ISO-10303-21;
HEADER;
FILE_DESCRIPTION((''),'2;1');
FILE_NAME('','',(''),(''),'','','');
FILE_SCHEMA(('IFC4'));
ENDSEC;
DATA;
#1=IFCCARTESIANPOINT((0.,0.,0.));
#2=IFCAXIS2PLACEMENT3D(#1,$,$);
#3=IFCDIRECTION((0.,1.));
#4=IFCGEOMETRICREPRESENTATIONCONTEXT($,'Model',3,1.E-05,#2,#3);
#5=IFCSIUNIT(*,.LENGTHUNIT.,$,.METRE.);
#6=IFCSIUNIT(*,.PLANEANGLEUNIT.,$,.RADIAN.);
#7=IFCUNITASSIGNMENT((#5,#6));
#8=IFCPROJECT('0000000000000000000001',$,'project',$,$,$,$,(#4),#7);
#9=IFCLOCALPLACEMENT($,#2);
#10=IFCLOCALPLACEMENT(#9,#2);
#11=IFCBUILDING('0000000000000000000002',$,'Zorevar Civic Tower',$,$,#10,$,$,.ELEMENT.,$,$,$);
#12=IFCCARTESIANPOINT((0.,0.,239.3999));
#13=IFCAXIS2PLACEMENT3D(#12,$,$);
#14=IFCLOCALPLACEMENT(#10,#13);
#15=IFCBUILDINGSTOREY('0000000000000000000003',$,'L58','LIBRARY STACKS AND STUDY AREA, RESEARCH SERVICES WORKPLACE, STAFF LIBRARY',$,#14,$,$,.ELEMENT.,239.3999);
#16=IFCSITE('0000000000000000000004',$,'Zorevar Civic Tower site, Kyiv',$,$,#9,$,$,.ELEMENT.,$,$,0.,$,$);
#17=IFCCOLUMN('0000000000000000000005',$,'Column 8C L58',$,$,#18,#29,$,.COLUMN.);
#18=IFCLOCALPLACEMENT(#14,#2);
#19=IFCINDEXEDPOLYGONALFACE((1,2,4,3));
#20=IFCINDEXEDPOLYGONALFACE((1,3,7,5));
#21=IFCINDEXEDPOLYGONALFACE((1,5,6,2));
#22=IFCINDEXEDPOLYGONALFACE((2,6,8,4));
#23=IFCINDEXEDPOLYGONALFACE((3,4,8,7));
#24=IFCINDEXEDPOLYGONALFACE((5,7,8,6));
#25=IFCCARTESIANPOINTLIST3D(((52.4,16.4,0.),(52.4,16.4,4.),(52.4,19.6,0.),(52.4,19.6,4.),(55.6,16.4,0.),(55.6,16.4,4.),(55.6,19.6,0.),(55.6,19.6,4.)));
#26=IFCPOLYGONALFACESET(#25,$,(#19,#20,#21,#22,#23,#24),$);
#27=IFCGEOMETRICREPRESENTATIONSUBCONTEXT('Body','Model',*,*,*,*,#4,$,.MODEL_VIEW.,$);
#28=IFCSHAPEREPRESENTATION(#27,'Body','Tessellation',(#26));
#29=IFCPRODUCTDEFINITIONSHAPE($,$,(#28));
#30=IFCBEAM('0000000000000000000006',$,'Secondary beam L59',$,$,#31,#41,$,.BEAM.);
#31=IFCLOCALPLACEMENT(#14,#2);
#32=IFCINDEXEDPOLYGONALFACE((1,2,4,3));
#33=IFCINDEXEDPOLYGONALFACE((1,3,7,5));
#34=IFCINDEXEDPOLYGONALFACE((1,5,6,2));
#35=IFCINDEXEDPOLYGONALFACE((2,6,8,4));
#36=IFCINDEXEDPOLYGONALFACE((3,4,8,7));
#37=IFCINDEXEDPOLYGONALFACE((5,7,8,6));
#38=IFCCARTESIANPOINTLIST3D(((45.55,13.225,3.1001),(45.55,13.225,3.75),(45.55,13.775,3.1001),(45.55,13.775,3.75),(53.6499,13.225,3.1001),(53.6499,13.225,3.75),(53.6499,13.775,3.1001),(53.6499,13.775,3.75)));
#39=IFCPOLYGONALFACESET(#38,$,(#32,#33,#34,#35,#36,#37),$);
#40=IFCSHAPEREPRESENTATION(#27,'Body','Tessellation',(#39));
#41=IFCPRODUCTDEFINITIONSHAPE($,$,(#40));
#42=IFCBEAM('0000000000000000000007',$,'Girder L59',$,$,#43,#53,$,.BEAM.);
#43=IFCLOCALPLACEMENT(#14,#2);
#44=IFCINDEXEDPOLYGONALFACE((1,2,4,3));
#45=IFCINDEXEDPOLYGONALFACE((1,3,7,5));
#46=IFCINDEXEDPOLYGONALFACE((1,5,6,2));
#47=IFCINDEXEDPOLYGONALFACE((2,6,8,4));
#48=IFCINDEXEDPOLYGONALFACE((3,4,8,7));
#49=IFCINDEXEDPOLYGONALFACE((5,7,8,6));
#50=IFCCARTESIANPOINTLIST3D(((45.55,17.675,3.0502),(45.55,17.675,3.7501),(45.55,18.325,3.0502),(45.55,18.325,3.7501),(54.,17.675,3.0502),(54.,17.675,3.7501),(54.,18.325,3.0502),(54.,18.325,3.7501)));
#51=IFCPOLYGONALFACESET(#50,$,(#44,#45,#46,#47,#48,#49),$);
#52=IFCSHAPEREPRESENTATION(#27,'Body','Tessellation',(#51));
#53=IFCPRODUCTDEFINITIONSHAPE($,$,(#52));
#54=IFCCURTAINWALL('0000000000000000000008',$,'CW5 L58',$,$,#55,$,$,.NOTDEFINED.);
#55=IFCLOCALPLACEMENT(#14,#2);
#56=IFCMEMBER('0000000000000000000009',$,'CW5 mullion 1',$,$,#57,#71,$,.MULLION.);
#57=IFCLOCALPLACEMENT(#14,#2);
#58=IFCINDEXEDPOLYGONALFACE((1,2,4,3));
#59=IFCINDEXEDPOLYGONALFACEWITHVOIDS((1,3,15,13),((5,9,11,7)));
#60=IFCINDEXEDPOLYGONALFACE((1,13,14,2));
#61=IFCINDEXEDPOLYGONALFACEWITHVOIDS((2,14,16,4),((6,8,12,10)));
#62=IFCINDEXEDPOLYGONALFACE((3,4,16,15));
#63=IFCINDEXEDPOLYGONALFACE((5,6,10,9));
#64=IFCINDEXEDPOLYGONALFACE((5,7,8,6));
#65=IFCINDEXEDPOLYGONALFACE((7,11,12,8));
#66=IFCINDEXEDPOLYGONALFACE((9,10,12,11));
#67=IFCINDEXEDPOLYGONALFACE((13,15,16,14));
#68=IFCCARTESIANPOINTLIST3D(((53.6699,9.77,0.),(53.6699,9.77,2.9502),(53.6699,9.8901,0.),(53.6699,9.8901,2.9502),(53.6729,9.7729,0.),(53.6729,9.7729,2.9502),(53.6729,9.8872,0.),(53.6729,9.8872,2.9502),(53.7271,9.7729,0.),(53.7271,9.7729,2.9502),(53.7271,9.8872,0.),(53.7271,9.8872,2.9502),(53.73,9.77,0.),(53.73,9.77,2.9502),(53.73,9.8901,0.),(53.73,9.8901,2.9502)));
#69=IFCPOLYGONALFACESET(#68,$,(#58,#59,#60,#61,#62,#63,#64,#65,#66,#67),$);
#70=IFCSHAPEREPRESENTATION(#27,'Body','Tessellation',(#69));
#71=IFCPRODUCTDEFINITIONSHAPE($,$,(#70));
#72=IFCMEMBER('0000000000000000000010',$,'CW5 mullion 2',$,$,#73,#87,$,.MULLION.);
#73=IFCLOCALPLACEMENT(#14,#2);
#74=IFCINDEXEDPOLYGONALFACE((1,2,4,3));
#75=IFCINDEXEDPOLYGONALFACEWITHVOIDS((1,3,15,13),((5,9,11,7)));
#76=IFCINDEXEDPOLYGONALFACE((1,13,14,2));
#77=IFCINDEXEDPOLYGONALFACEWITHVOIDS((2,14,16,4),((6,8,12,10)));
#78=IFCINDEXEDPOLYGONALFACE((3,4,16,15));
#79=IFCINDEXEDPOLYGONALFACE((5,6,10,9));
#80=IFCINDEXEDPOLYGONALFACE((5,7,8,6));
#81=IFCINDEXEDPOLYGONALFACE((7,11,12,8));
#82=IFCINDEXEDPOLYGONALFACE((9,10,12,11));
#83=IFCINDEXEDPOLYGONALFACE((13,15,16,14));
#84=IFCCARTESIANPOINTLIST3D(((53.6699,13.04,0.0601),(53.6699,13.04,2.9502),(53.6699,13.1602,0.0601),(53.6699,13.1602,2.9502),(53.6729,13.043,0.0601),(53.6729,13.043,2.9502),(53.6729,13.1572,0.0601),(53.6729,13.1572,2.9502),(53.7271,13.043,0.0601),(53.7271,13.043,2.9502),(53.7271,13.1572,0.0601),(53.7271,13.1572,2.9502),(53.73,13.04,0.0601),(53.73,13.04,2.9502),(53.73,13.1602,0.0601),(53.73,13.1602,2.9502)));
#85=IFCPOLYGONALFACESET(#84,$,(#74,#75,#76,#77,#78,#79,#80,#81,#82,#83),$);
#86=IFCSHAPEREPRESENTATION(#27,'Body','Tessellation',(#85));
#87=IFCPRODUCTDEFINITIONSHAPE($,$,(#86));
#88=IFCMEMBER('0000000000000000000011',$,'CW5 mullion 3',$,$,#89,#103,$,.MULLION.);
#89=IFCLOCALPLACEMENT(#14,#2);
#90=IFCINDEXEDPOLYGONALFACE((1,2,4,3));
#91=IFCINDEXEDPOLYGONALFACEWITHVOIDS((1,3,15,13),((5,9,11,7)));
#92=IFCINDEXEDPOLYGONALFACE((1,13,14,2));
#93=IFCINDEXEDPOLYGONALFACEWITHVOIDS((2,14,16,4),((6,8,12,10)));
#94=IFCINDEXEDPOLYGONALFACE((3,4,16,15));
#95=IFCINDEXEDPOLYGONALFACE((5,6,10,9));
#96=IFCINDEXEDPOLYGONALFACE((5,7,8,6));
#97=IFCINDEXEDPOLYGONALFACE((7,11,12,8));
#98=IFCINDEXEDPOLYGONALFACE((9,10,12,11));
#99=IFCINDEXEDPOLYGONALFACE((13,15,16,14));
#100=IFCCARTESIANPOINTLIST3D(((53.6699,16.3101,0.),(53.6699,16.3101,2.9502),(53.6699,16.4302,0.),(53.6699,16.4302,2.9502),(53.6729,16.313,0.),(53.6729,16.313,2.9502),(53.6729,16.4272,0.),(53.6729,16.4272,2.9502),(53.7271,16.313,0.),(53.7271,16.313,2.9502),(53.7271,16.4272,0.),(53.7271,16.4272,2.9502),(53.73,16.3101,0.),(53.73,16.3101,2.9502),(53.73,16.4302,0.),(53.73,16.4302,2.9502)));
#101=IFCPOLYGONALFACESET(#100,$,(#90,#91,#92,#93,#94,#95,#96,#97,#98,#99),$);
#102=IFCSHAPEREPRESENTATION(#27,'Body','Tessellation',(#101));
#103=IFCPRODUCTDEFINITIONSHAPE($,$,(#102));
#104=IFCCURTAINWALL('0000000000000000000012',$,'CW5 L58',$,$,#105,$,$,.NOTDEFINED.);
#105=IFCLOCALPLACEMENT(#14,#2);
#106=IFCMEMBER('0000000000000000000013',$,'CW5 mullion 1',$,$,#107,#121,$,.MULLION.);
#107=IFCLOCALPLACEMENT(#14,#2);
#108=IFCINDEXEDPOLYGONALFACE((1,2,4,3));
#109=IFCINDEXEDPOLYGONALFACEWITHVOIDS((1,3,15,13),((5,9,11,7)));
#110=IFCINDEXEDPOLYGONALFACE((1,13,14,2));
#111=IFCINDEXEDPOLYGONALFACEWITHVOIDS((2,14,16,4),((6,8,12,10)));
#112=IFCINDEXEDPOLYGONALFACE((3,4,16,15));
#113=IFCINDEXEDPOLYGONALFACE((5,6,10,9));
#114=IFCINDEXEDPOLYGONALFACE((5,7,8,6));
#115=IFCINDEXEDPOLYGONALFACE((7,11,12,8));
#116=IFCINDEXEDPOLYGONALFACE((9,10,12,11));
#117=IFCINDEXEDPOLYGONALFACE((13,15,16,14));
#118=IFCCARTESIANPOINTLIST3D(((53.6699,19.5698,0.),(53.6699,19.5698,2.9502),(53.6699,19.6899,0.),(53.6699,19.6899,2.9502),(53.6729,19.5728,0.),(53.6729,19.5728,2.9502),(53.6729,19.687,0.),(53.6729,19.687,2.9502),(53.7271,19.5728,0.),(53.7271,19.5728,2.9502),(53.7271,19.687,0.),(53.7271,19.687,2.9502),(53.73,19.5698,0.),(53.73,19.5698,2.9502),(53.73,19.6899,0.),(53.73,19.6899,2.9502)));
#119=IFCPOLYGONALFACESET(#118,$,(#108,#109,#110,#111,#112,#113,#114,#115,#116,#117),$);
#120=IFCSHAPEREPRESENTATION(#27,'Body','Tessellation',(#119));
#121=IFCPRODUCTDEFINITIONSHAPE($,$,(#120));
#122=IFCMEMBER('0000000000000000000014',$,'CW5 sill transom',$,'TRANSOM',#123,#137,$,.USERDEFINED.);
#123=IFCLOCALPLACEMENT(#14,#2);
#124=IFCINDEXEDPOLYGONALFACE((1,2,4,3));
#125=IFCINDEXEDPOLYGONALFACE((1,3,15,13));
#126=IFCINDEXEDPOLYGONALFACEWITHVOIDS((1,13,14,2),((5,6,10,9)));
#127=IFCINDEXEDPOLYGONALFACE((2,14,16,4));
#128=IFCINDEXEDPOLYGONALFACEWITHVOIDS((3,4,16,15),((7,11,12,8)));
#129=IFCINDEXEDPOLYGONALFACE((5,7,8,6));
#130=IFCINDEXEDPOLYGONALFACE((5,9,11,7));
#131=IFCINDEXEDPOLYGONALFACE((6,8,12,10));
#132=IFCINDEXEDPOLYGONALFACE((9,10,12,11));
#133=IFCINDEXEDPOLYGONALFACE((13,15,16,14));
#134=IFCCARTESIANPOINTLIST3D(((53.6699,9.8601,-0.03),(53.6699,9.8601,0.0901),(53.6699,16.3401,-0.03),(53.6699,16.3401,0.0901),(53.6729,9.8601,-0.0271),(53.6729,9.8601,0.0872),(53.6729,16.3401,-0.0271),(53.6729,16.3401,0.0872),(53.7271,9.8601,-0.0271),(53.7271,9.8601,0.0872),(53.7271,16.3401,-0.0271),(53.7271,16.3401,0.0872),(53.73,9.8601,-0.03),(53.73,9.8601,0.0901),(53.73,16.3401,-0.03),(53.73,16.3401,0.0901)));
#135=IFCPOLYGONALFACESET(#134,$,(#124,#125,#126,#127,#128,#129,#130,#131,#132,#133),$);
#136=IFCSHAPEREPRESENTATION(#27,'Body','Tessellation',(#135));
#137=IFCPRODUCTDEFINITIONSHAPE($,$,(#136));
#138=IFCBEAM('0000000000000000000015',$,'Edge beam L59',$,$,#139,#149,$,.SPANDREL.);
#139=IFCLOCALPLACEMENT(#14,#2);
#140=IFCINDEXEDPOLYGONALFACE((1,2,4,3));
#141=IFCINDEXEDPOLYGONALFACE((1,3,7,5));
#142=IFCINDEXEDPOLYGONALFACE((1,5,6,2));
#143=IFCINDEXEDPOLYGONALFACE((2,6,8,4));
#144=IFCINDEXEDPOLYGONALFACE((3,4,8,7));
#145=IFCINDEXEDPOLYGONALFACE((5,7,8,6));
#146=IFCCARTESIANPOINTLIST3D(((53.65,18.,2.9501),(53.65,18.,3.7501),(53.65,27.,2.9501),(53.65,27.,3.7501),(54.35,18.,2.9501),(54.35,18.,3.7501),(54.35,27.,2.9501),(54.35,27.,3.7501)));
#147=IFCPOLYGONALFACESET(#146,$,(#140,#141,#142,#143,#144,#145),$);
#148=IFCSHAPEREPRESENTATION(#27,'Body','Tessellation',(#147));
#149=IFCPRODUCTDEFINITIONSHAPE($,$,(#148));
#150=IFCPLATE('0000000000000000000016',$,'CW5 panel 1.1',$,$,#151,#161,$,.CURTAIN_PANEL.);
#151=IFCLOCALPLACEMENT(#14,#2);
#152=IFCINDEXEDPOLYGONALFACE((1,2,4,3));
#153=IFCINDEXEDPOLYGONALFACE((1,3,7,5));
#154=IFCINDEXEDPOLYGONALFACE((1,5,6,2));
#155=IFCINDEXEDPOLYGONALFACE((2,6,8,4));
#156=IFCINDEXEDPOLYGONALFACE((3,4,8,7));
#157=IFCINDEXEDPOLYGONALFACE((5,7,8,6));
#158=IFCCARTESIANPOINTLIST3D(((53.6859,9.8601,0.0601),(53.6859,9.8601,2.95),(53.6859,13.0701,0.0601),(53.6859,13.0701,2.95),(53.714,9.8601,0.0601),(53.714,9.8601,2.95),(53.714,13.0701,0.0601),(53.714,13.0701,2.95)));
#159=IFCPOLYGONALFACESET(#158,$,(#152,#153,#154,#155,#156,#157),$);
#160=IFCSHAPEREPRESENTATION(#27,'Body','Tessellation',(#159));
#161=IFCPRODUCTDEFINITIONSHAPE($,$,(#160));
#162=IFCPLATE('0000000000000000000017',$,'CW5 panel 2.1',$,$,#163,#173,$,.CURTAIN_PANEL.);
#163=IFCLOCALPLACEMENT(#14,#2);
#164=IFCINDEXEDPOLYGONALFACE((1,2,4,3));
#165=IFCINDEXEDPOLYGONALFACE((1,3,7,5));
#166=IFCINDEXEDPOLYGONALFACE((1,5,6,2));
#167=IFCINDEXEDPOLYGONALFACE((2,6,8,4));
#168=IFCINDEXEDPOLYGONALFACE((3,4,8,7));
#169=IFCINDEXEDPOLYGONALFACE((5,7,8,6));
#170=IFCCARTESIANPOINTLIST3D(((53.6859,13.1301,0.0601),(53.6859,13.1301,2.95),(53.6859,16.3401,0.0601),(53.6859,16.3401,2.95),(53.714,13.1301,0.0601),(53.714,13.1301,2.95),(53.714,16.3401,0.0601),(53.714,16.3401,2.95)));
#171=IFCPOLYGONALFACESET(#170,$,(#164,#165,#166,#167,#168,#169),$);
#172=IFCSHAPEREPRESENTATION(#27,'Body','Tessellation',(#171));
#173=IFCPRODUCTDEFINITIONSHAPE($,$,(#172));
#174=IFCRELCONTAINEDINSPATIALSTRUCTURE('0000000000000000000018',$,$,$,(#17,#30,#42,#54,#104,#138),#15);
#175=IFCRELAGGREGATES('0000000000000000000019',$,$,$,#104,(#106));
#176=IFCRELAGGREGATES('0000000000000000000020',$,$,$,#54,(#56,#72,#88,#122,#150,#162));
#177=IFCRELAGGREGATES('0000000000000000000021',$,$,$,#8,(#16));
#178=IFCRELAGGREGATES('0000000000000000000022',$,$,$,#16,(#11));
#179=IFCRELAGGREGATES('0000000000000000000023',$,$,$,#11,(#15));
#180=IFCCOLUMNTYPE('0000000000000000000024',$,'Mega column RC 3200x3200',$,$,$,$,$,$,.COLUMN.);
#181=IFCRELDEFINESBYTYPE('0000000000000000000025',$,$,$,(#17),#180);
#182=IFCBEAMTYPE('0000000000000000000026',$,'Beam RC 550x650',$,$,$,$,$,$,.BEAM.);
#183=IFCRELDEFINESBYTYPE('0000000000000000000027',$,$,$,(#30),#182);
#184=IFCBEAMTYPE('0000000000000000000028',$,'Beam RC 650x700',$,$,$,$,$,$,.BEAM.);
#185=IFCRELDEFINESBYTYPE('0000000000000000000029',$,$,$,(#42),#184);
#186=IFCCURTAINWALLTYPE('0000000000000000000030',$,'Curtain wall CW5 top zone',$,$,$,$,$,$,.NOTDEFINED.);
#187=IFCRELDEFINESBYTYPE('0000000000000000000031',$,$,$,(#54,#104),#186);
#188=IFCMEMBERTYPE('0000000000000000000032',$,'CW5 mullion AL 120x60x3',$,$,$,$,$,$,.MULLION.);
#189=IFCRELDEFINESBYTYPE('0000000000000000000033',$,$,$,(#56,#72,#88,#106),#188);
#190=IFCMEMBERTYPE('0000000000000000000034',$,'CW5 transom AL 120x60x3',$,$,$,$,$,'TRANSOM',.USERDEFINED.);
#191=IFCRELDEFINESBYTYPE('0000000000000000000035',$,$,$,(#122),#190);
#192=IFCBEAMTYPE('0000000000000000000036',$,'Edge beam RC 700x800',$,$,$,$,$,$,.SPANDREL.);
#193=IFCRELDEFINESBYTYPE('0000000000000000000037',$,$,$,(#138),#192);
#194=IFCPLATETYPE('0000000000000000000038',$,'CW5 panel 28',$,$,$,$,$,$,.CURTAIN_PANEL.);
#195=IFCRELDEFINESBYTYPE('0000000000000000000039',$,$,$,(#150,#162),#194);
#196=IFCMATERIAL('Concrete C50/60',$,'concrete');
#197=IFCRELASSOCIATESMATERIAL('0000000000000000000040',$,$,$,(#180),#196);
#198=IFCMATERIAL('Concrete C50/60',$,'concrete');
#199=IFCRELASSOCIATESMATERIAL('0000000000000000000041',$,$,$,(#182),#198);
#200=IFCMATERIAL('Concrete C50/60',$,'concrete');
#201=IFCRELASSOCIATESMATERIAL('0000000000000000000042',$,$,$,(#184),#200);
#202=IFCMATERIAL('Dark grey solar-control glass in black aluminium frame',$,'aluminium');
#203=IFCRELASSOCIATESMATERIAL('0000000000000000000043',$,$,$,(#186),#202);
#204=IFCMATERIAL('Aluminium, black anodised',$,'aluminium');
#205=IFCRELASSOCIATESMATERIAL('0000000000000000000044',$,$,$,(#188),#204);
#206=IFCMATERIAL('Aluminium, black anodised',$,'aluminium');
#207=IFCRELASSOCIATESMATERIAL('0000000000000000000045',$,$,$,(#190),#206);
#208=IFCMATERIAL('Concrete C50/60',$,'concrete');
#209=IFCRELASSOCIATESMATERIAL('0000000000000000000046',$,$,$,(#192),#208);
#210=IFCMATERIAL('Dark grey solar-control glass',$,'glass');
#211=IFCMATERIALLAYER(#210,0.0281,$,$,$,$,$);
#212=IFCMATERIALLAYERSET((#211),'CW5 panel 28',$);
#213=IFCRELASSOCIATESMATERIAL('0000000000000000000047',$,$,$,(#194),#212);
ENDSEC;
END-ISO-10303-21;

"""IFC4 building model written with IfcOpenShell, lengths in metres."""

from ifc_helpers import new_model, si_unit, direction, frame, origin, origin_2d, place, context, subcontext, project, spatial, rectangle, hollow_rectangle, extrude, material, layer, layer_set, material_profile, profile_set, type_object, element, aggregate, save


model = new_model("IFC4")

# Units and contexts
model_context = context("Model", 3, precision=1e-05, world=origin(), true_north=direction((0.0, 1.0)))
body_context = subcontext(model_context, "Body", "Model", "MODEL_VIEW")
ifc_project = project(units=[si_unit("LENGTHUNIT", "METRE"), si_unit("PLANEANGLEUNIT", "RADIAN")], contexts=[model_context])

# Site, building, storey
site_placement = place(None, origin())
site = spatial("IfcSite", under=ifc_project, at=site_placement, Name="Zorevar Civic Tower site, Kyiv", CompositionType="ELEMENT", RefElevation=0.0)
building_placement = place(site_placement, origin())
building = spatial("IfcBuilding", under=site, at=building_placement, Name="Zorevar Civic Tower", CompositionType="ELEMENT")
storey_placement = place(building_placement, frame((0.0, 0.0, 239.3999)))
storey = spatial("IfcBuildingStorey", under=building, at=storey_placement, Name="L58", Description="LIBRARY STACKS AND STUDY AREA, RESEARCH SERVICES WORKPLACE, STAFF LIBRARY", CompositionType="ELEMENT", Elevation=239.3999)

# Column
ifc_material_1 = material(Name="Concrete C50/60", Category="concrete")
ifc_material_profile_1 = material_profile(ifc_material_1, rectangle(XDim=3.2, YDim=3.2, at=origin_2d()), Name="RC 3200x3200")
ifc_profile_set_1 = profile_set([ifc_material_profile_1], Name="Concrete C50/60")
column_type = type_object("IfcColumnType", Name="Mega column RC 3200x3200", PredefinedType="COLUMN", material=ifc_profile_set_1)
column_placement = place(storey_placement, frame((54.0, 18.0, 0.0), z_axis=(0.0, 0.0, 1.0), x_axis=(1.0, 0.0, 0.0)))
element("IfcColumn", 1, at=column_placement, inside=storey, type_object=column_type, Name="Column 8C L58", PredefinedType="COLUMN", context=body_context, shape_type="SweptSolid", body=[
    extrude(rectangle(XDim=3.2, YDim=3.2, at=origin_2d()), origin(), (0.0, 0.0, 1.0), 4.0),
])

# Beams
ifc_material_2 = material(Name="Concrete C50/60", Category="concrete")
ifc_material_profile_2 = material_profile(ifc_material_2, rectangle(XDim=0.55, YDim=0.6499, at=origin_2d()), Name="RC 550x650")
ifc_profile_set_2 = profile_set([ifc_material_profile_2], Name="Concrete C50/60")
beam_type_1 = type_object("IfcBeamType", Name="Beam RC 550x650", PredefinedType="BEAM", material=ifc_profile_set_2)
beam_1_placement = place(storey_placement, frame((45.55, 13.5, 3.425), z_axis=(1.0, 0.0, 0.0), x_axis=(0.0, 1.0, 0.0)))
element("IfcBeam", 2, at=beam_1_placement, inside=storey, type_object=beam_type_1, Name="Secondary beam L59", PredefinedType="BEAM", context=body_context, shape_type="SweptSolid", body=[
    extrude(rectangle(XDim=0.55, YDim=0.6499, at=origin_2d()), origin(), (0.0, 0.0, 1.0), 8.0999),
])
ifc_material_3 = material(Name="Concrete C50/60", Category="concrete")
ifc_material_profile_3 = material_profile(ifc_material_3, rectangle(XDim=0.6499, YDim=0.7, at=origin_2d()), Name="RC 650x700")
ifc_profile_set_3 = profile_set([ifc_material_profile_3], Name="Concrete C50/60")
beam_type_2 = type_object("IfcBeamType", Name="Beam RC 650x700", PredefinedType="BEAM", material=ifc_profile_set_3)
beam_2_placement = place(storey_placement, frame((45.55, 18.0, 3.4001), z_axis=(1.0, 0.0, 0.0), x_axis=(0.0, 1.0, 0.0)))
element("IfcBeam", 3, at=beam_2_placement, inside=storey, type_object=beam_type_2, Name="Girder L59", PredefinedType="BEAM", context=body_context, shape_type="SweptSolid", body=[
    extrude(rectangle(XDim=0.6499, YDim=0.7, at=origin_2d()), origin(), (0.0, 0.0, 1.0), 8.45),
])

# Curtain wall, members
ifc_material_4 = material(Name="Dark grey solar-control glass in black aluminium frame", Category="aluminium")
curtain_wall_type = type_object("IfcCurtainWallType", Name="Curtain wall CW5 top zone", PredefinedType="NOTDEFINED", material=ifc_material_4)
curtain_wall_1_placement = place(storey_placement, origin())
curtain_wall_1 = element("IfcCurtainWall", 4, at=curtain_wall_1_placement, inside=storey, type_object=curtain_wall_type, Name="CW5 L58", PredefinedType="NOTDEFINED")
ifc_material_5 = material(Name="Aluminium, black anodised", Category="aluminium")
ifc_material_profile_4 = material_profile(ifc_material_5, hollow_rectangle(XDim=0.0601, YDim=0.1201, WallThickness=0.0029, at=origin_2d()), Name="AL 120x60x3")
ifc_profile_set_4 = profile_set([ifc_material_profile_4], Name="Aluminium, black anodised")
member_type_1 = type_object("IfcMemberType", Name="CW5 mullion AL 120x60x3", PredefinedType="MULLION", material=ifc_profile_set_4)
member_1_placement = place(storey_placement, frame((53.7, 9.8301, 0.0), z_axis=(0.0, 0.0, 1.0), x_axis=(-1.0, 0.0, 0.0)))
member_1 = element("IfcMember", 5, at=member_1_placement, type_object=member_type_1, Name="CW5 mullion 1", PredefinedType="MULLION", context=body_context, shape_type="SweptSolid", body=[
    extrude(hollow_rectangle(XDim=0.0601, YDim=0.1201, WallThickness=0.0029, at=origin_2d()), origin(), (0.0, 0.0, 1.0), 2.9502),
])
member_2_placement = place(storey_placement, frame((53.7, 13.1001, 0.0601), z_axis=(0.0, 0.0, 1.0), x_axis=(-1.0, 0.0, 0.0)))
member_2 = element("IfcMember", 6, at=member_2_placement, type_object=member_type_1, Name="CW5 mullion 2", PredefinedType="MULLION", context=body_context, shape_type="SweptSolid", body=[
    extrude(hollow_rectangle(XDim=0.0601, YDim=0.1201, WallThickness=0.0029, at=origin_2d()), origin(), (0.0, 0.0, 1.0), 2.8901),
])
member_3_placement = place(storey_placement, frame((53.7, 16.3701, 0.0), z_axis=(0.0, 0.0, 1.0), x_axis=(-1.0, 0.0, 0.0)))
member_3 = element("IfcMember", 7, at=member_3_placement, type_object=member_type_1, Name="CW5 mullion 3", PredefinedType="MULLION", context=body_context, shape_type="SweptSolid", body=[
    extrude(hollow_rectangle(XDim=0.0601, YDim=0.1201, WallThickness=0.0029, at=origin_2d()), origin(), (0.0, 0.0, 1.0), 2.9502),
])

# Curtain wall, member
curtain_wall_2_placement = place(storey_placement, origin())
curtain_wall_2 = element("IfcCurtainWall", 8, at=curtain_wall_2_placement, inside=storey, type_object=curtain_wall_type, Name="CW5 L58", PredefinedType="NOTDEFINED")
member_4_placement = place(storey_placement, frame((53.7, 19.6299, 0.0), z_axis=(0.0, 0.0, 1.0), x_axis=(-1.0, 0.0, 0.0)))
member_4 = element("IfcMember", 9, at=member_4_placement, type_object=member_type_1, Name="CW5 mullion 1", PredefinedType="MULLION", context=body_context, shape_type="SweptSolid", body=[
    extrude(hollow_rectangle(XDim=0.0601, YDim=0.1201, WallThickness=0.0029, at=origin_2d()), origin(), (0.0, 0.0, 1.0), 2.9502),
])
aggregate(curtain_wall_2, [member_4])

# Member
ifc_material_6 = material(Name="Aluminium, black anodised", Category="aluminium")
ifc_material_profile_5 = material_profile(ifc_material_6, hollow_rectangle(XDim=0.0601, YDim=0.1201, WallThickness=0.0029, at=origin_2d()), Name="AL 120x60x3")
ifc_profile_set_5 = profile_set([ifc_material_profile_5], Name="Aluminium, black anodised")
member_type_2 = type_object("IfcMemberType", Name="CW5 transom AL 120x60x3", ElementType="TRANSOM", PredefinedType="USERDEFINED", material=ifc_profile_set_5)
member_5_placement = place(storey_placement, frame((53.7, 9.8601, 0.03), z_axis=(0.0, 1.0, 0.0), x_axis=(-1.0, 0.0, 0.0)))
member_5 = element("IfcMember", 10, at=member_5_placement, type_object=member_type_2, Name="CW5 sill transom", ObjectType="TRANSOM", PredefinedType="USERDEFINED", context=body_context, shape_type="SweptSolid", body=[
    extrude(hollow_rectangle(XDim=0.0601, YDim=0.1201, WallThickness=0.0029, at=origin_2d()), origin(), (0.0, 0.0, 1.0), 6.48),
])

# Beam
ifc_material_7 = material(Name="Concrete C50/60", Category="concrete")
ifc_material_profile_6 = material_profile(ifc_material_7, rectangle(XDim=0.7, YDim=0.8, at=origin_2d()), Name="RC 700x800")
ifc_profile_set_6 = profile_set([ifc_material_profile_6], Name="Concrete C50/60")
beam_type_3 = type_object("IfcBeamType", Name="Edge beam RC 700x800", PredefinedType="SPANDREL", material=ifc_profile_set_6)
beam_3_placement = place(storey_placement, frame((54.0, 18.0, 3.3501), z_axis=(0.0, 1.0, 0.0), x_axis=(-1.0, 0.0, 0.0)))
element("IfcBeam", 11, at=beam_3_placement, inside=storey, type_object=beam_type_3, Name="Edge beam L59", PredefinedType="SPANDREL", context=body_context, shape_type="SweptSolid", body=[
    extrude(rectangle(XDim=0.7, YDim=0.8, at=origin_2d()), origin(), (0.0, 0.0, 1.0), 9.0),
])

# Plates
ifc_material_8 = material(Name="Dark grey solar-control glass", Category="glass")
ifc_layer_1 = layer(ifc_material_8, 0.0281)
ifc_layer_set_1 = layer_set([ifc_layer_1], Name="CW5 panel 28")
plate_type = type_object("IfcPlateType", Name="CW5 panel 28", PredefinedType="CURTAIN_PANEL", material=ifc_layer_set_1)
plate_1_placement = place(storey_placement, frame((53.7, 11.4651, 0.0601), z_axis=(0.0, 0.0, 1.0), x_axis=(0.0, 1.0, 0.0)))
plate_1 = element("IfcPlate", 12, at=plate_1_placement, type_object=plate_type, Name="CW5 panel 1.1", PredefinedType="CURTAIN_PANEL", context=body_context, shape_type="SweptSolid", body=[
    extrude(rectangle(XDim=3.21, YDim=0.0281, at=origin_2d()), origin(), (0.0, 0.0, 1.0), 2.8899),
])
plate_2_placement = place(storey_placement, frame((53.7, 14.7351, 0.0601), z_axis=(0.0, 0.0, 1.0), x_axis=(0.0, 1.0, 0.0)))
plate_2 = element("IfcPlate", 13, at=plate_2_placement, type_object=plate_type, Name="CW5 panel 2.1", PredefinedType="CURTAIN_PANEL", context=body_context, shape_type="SweptSolid", body=[
    extrude(rectangle(XDim=3.21, YDim=0.0281, at=origin_2d()), origin(), (0.0, 0.0, 1.0), 2.8899),
])
aggregate(curtain_wall_1, [member_1, member_2, member_3, member_5, plate_1, plate_2])

save(model, "model.ifc")
